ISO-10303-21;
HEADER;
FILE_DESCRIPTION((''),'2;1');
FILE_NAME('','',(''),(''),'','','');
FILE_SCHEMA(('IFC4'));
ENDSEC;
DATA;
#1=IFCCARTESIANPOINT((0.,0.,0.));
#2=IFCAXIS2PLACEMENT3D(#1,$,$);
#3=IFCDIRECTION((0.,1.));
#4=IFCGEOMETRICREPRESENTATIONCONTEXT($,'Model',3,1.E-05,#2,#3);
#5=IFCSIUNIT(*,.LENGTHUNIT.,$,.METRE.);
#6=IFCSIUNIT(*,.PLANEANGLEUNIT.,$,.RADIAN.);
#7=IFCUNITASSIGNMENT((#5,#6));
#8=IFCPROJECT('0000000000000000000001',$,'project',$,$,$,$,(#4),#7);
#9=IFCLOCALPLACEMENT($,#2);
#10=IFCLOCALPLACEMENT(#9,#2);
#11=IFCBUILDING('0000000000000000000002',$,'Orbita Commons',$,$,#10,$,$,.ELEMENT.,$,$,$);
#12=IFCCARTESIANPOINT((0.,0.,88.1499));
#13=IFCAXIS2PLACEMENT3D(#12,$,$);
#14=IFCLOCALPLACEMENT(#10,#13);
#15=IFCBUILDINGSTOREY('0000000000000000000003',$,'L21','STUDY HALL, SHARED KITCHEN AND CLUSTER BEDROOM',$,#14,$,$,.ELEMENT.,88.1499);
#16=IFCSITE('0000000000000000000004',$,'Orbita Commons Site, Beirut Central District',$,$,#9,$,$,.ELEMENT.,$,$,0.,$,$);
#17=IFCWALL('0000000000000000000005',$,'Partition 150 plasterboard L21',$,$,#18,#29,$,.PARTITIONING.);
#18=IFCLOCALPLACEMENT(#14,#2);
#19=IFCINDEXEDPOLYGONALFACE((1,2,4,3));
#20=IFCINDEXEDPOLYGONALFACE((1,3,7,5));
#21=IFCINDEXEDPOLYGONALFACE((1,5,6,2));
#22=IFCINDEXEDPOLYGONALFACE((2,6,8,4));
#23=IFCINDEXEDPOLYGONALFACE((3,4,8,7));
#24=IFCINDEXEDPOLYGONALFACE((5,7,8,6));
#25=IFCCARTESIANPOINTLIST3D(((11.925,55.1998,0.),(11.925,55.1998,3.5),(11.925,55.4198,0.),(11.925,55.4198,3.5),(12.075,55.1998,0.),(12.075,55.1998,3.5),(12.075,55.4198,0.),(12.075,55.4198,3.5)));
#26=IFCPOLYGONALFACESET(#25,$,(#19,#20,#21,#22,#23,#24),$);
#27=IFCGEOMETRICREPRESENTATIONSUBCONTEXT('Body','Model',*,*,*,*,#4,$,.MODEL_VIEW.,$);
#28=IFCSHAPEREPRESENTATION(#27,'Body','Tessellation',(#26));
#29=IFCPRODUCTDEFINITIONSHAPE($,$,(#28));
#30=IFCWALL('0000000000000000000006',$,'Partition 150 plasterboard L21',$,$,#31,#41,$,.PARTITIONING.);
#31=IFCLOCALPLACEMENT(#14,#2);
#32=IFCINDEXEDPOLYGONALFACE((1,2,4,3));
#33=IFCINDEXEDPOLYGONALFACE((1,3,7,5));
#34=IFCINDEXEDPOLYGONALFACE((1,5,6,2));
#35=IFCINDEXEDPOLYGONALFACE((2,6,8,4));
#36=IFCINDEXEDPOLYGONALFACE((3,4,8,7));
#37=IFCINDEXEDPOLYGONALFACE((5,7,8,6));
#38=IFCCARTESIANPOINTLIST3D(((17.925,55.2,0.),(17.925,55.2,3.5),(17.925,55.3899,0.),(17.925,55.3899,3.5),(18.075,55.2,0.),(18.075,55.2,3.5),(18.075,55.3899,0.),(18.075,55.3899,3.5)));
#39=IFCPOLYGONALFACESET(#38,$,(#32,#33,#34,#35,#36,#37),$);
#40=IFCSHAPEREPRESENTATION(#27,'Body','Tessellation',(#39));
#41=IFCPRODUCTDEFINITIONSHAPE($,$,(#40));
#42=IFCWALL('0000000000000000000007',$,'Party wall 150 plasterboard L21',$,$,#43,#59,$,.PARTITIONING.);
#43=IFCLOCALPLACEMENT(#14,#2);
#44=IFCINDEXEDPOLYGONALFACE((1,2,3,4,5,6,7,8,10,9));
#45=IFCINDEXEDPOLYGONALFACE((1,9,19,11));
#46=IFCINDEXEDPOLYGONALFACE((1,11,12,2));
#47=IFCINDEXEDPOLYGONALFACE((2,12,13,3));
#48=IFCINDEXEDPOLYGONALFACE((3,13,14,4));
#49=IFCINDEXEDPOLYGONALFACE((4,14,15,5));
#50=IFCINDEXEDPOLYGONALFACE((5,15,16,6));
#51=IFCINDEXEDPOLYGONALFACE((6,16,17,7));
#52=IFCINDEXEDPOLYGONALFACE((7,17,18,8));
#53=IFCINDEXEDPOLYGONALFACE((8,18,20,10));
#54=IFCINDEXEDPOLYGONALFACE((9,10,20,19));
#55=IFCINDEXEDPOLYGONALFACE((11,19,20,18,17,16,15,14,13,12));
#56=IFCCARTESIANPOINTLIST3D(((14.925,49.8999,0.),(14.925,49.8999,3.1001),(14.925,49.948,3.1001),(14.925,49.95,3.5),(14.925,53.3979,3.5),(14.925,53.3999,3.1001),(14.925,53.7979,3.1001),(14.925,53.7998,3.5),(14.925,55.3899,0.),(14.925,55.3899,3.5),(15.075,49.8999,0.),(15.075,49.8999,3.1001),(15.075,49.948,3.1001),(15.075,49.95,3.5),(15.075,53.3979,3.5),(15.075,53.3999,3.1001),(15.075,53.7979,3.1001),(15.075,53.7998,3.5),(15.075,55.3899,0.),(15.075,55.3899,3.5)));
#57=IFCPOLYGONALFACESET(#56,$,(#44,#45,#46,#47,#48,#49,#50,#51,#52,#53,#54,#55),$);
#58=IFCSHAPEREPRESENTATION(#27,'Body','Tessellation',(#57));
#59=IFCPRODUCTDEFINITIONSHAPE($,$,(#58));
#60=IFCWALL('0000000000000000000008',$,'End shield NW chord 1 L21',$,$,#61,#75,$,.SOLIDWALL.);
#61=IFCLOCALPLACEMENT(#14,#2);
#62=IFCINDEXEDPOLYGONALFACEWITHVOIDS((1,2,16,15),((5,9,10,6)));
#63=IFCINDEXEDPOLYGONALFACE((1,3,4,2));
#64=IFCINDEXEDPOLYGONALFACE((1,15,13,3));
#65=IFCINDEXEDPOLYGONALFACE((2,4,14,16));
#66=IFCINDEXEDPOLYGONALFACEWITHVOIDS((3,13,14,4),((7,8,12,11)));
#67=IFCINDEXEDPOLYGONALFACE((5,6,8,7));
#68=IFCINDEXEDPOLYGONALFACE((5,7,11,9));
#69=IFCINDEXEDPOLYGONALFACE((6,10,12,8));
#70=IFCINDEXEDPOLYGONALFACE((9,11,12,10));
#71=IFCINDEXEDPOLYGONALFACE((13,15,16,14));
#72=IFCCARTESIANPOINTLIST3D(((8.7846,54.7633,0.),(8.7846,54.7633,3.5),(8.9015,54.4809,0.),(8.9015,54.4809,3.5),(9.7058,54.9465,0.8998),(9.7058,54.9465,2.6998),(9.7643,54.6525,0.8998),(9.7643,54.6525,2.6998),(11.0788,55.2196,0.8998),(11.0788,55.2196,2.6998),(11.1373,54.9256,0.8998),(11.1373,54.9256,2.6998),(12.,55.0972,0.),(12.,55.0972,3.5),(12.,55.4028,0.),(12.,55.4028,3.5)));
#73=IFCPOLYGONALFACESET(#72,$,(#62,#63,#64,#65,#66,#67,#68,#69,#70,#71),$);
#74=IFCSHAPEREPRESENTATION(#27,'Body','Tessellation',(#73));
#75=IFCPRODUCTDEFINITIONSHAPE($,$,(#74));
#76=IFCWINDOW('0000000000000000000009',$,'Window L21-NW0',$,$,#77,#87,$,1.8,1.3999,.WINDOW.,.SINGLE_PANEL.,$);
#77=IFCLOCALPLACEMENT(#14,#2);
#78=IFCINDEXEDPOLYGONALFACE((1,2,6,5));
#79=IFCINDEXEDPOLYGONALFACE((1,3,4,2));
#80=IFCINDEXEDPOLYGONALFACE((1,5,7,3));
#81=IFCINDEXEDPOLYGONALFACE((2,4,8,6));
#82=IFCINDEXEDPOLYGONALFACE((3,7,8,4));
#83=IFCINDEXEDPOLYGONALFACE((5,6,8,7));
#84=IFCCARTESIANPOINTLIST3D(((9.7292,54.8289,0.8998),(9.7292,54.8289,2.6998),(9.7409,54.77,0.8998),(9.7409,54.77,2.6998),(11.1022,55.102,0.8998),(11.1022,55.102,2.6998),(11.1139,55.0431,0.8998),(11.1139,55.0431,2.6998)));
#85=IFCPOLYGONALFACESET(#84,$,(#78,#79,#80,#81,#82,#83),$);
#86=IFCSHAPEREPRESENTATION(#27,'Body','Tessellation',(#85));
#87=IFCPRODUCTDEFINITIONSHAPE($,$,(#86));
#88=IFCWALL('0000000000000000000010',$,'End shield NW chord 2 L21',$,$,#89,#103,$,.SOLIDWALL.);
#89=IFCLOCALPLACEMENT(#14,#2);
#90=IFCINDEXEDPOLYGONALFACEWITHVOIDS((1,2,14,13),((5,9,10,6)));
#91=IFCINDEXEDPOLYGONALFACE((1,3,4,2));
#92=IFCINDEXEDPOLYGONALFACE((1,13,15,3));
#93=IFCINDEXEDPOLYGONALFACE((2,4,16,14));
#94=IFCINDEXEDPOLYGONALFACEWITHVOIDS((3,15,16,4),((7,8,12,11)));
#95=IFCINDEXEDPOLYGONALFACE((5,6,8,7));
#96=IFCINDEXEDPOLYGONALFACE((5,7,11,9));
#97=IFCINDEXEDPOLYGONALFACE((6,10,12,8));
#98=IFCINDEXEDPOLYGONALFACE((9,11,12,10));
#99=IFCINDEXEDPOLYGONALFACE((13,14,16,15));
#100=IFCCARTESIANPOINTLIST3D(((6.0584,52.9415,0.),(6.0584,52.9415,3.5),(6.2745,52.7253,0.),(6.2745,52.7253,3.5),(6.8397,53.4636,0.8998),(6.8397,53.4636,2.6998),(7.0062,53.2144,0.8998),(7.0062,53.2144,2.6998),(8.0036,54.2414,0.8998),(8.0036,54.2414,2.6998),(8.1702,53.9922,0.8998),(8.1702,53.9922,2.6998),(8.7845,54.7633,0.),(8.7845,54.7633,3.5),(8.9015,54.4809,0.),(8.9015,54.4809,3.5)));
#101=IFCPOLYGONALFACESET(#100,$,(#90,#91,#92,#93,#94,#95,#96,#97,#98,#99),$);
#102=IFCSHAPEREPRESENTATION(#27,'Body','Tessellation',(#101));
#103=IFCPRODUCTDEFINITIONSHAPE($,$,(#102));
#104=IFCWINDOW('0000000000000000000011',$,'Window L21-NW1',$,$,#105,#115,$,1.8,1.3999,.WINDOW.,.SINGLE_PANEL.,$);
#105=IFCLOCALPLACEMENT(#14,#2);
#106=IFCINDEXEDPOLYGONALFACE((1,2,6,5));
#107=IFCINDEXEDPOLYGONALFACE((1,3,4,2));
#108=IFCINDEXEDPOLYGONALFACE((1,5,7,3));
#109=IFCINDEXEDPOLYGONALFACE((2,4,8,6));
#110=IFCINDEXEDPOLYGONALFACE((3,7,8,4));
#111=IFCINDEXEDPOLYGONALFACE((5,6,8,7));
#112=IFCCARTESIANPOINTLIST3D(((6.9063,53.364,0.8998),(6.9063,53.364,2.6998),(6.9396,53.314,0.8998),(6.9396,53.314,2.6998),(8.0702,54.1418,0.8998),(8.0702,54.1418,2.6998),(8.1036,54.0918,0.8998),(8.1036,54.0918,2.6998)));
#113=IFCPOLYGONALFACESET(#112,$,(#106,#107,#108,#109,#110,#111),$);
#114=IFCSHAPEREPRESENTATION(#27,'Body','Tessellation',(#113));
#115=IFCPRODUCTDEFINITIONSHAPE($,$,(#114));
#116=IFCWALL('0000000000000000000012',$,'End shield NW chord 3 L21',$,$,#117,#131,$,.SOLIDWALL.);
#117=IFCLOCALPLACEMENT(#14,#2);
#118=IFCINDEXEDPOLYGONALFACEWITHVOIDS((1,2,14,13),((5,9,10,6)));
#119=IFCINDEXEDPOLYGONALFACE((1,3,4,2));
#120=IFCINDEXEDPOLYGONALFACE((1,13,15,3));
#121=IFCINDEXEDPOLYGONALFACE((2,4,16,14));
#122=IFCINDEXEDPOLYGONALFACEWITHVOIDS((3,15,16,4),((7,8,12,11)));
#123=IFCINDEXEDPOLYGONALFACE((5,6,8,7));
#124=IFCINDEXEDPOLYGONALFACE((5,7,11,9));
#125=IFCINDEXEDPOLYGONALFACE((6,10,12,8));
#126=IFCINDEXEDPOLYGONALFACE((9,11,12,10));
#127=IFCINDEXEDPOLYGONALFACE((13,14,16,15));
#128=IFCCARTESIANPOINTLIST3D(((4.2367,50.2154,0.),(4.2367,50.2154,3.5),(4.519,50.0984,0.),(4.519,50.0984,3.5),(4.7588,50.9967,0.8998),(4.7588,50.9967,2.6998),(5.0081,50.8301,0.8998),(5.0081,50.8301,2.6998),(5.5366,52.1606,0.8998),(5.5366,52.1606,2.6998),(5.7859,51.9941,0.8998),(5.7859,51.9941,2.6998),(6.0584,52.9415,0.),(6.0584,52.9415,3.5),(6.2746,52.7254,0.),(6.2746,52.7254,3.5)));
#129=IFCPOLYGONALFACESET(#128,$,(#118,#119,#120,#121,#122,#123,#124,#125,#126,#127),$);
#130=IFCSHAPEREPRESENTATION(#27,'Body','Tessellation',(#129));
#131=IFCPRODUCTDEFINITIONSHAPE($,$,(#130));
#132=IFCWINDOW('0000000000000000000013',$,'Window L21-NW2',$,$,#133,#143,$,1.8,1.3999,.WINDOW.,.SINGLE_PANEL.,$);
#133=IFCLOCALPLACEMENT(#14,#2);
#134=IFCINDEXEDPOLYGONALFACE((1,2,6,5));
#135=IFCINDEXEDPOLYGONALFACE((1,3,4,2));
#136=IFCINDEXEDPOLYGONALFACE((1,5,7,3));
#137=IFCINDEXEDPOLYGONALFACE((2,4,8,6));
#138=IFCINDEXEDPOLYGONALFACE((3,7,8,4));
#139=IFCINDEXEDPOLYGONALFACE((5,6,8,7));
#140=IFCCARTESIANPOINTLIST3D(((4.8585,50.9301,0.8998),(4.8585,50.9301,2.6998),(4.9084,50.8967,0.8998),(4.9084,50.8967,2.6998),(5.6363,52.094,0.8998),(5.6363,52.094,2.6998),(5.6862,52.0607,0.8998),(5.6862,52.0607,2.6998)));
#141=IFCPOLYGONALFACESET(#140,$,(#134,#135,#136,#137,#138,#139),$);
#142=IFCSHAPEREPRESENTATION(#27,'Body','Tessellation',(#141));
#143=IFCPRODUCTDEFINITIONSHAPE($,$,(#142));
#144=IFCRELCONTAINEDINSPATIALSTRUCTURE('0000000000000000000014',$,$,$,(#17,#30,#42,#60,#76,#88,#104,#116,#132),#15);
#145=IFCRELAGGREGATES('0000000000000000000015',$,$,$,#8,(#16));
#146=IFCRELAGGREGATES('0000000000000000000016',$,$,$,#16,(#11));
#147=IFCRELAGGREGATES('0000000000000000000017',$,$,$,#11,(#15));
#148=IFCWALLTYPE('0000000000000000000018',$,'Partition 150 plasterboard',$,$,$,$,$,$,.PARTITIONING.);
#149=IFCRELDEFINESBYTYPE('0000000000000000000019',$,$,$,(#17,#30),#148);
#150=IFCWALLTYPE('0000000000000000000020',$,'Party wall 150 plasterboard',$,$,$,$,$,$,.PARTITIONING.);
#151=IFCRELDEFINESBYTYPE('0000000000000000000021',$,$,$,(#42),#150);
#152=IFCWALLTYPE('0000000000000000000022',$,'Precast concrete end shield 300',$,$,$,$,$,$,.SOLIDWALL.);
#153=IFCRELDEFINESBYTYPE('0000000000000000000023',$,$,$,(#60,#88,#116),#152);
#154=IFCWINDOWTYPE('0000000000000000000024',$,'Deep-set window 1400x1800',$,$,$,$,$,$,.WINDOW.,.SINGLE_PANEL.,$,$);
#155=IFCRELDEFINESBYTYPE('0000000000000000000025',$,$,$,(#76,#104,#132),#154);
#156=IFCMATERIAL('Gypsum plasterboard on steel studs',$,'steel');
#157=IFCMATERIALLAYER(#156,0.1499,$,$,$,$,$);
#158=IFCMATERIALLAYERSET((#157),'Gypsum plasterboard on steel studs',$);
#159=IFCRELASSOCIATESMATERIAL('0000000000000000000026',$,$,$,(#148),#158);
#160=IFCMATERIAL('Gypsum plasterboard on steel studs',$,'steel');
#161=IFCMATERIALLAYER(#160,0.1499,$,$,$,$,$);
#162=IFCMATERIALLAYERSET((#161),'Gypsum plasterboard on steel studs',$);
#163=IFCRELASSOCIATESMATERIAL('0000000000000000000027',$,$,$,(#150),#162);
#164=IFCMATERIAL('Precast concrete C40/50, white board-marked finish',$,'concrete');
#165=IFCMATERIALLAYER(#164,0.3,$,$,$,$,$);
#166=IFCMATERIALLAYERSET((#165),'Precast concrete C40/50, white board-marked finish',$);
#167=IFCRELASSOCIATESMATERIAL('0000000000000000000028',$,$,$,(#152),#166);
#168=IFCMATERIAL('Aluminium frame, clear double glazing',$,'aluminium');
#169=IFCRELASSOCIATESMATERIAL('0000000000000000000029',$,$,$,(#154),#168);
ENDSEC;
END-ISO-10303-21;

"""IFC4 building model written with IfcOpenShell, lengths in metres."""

from ifc_helpers import new_model, si_unit, direction, frame, frame_2d, origin, place, context, subcontext, project, spatial, polyline, rectangle, outline, extrude, material, layer, layer_set, type_object, element, fill, save


model = new_model("IFC4")

# Units and contexts
model_context = context("Model", 3, precision=1e-05, world=origin(), true_north=direction((0.0, 1.0)))
body_context = subcontext(model_context, "Body", "Model", "MODEL_VIEW")
ifc_project = project(units=[si_unit("LENGTHUNIT", "METRE"), si_unit("PLANEANGLEUNIT", "RADIAN")], contexts=[model_context])

# Site, building, storey
site_placement = place(None, origin())
site = spatial("IfcSite", under=ifc_project, at=site_placement, Name="Orbita Commons Site, Beirut Central District", CompositionType="ELEMENT", RefElevation=0.0)
building_placement = place(site_placement, origin())
building = spatial("IfcBuilding", under=site, at=building_placement, Name="Orbita Commons", CompositionType="ELEMENT")
storey_placement = place(building_placement, frame((0.0, 0.0, 88.1499)))
storey = spatial("IfcBuildingStorey", under=building, at=storey_placement, Name="L21", Description="STUDY HALL, SHARED KITCHEN AND CLUSTER BEDROOM", CompositionType="ELEMENT", Elevation=88.1499)

# Walls
ifc_material_1 = material(Name="Gypsum plasterboard on steel studs", Category="steel")
ifc_layer_1 = layer(ifc_material_1, 0.1499)
ifc_layer_set_1 = layer_set([ifc_layer_1], Name="Gypsum plasterboard on steel studs")
wall_type_1 = type_object("IfcWallType", Name="Partition 150 plasterboard", PredefinedType="PARTITIONING", material=ifc_layer_set_1)
wall_1_placement = place(storey_placement, frame((12.0, 55.2, 0.0), z_axis=(0.0, 0.0, 1.0), x_axis=(0.0, 1.0, 0.0)))
element("IfcWall", 1, at=wall_1_placement, inside=storey, type_object=wall_type_1, Name="Partition 150 plasterboard L21", PredefinedType="PARTITIONING", context=body_context, shape_type="SweptSolid", body=[
    extrude(rectangle(XDim=0.22, YDim=0.1499, at=frame_2d((0.1099, 0.0))), origin(), (0.0, 0.0, 1.0), 3.5),
])
wall_2_placement = place(storey_placement, frame((18.0, 55.2, 0.0), z_axis=(0.0, 0.0, 1.0), x_axis=(0.0, 1.0, 0.0)))
element("IfcWall", 2, at=wall_2_placement, inside=storey, type_object=wall_type_1, Name="Partition 150 plasterboard L21", PredefinedType="PARTITIONING", context=body_context, shape_type="SweptSolid", body=[
    extrude(rectangle(XDim=0.1899, YDim=0.1499, at=frame_2d((0.095, 0.0))), origin(), (0.0, 0.0, 1.0), 3.5),
])
ifc_material_2 = material(Name="Gypsum plasterboard on steel studs", Category="steel")
ifc_layer_2 = layer(ifc_material_2, 0.1499)
ifc_layer_set_2 = layer_set([ifc_layer_2], Name="Gypsum plasterboard on steel studs")
wall_type_2 = type_object("IfcWallType", Name="Party wall 150 plasterboard", PredefinedType="PARTITIONING", material=ifc_layer_set_2)
wall_3_placement = place(storey_placement, frame((15.0, 55.3899, 0.0), z_axis=(0.0, 0.0, 1.0), x_axis=(0.0, -1.0, 0.0)))
element("IfcWall", 3, at=wall_3_placement, inside=storey, type_object=wall_type_2, Name="Party wall 150 plasterboard L21", PredefinedType="PARTITIONING", context=body_context, shape_type="SweptSolid", body=[
    extrude(outline(polyline([(0.0, 0.0), (5.49, 0.0), (5.49, 3.1001), (5.4419, 3.1001), (5.4399, 3.5), (1.9919, 3.5), (1.99, 3.1001), (1.592, 3.1001), (1.5901, 3.5), (0.0, 3.5), (0.0, 0.0)])), frame((0.0, 0.075, 0.0), z_axis=(0.0, -1.0, 0.0), x_axis=(1.0, 0.0, 0.0)), (0.0, 0.0, 1.0), 0.1499),
])

# Walls, openings, windows
ifc_material_3 = material(Name="Precast concrete C40/50, white board-marked finish", Category="concrete")
ifc_layer_3 = layer(ifc_material_3, 0.3)
ifc_layer_set_3 = layer_set([ifc_layer_3], Name="Precast concrete C40/50, white board-marked finish")
wall_type_3 = type_object("IfcWallType", Name="Precast concrete end shield 300", PredefinedType="SOLIDWALL", material=ifc_layer_set_3)
wall_4_placement = place(storey_placement, frame((12.0, 55.25, 0.0), z_axis=(0.0, 0.0, 1.0), x_axis=(-0.980787, -0.19508, 0.0)))
wall_4 = element("IfcWall", 4, at=wall_4_placement, inside=storey, type_object=wall_type_3, Name="End shield NW chord 1 L21", PredefinedType="SOLIDWALL", context=body_context, shape_type="SweptSolid", body=[
    extrude(outline(polyline([(-0.0298, -0.1499), (3.2485, -0.1499), (3.189, 0.1499), (0.0298, 0.1499), (-0.0298, -0.1499)])), origin(), (0.0, 0.0, 1.0), 3.5),
])
opening_1_placement = place(wall_4_placement, frame((0.9094, 0.0, 0.8999)))
opening_1 = element("IfcOpeningElement", 5, at=opening_1_placement, cuts=wall_4, PredefinedType="OPENING", context=body_context, shape_type="SweptSolid", body=[
    extrude(rectangle(XDim=1.3999, YDim=1.8, at=frame_2d((0.7, 0.8999))), frame((0.0, 0.1599, 0.0), z_axis=(0.0, -1.0, 0.0), x_axis=(1.0, 0.0, 0.0)), (0.0, 0.0, 1.0), 0.3201),
])
ifc_material_4 = material(Name="Aluminium frame, clear double glazing", Category="aluminium")
window_type = type_object("IfcWindowType", Name="Deep-set window 1400x1800", PartitioningType="SINGLE_PANEL", PredefinedType="WINDOW", material=ifc_material_4)
window_1_placement = place(opening_1_placement, origin())
window_1 = element("IfcWindow", 6, at=window_1_placement, inside=storey, type_object=window_type, Name="Window L21-NW0", OverallHeight=1.8, OverallWidth=1.3999, PartitioningType="SINGLE_PANEL", PredefinedType="WINDOW", context=body_context, shape_type="SweptSolid", body=[
    extrude(rectangle(XDim=1.3999, YDim=1.8, at=frame_2d((0.7, 0.8999))), frame((0.0, 0.03, 0.0), z_axis=(0.0, -1.0, 0.0), x_axis=(1.0, 0.0, 0.0)), (0.0, 0.0, 1.0), 0.0601),
])
fill(opening_1, window_1)
wall_5_placement = place(storey_placement, frame((8.843, 54.6221, 0.0), z_axis=(0.0, 0.0, 1.0), x_axis=(-0.831443, -0.55561, 0.0)))
wall_5 = element("IfcWall", 7, at=wall_5_placement, inside=storey, type_object=wall_type_3, Name="End shield NW chord 2 L21", PredefinedType="SOLIDWALL", context=body_context, shape_type="SweptSolid", body=[
    extrude(outline(polyline([(-0.0298, -0.1499), (3.249, -0.1499), (3.1895, 0.1499), (0.0298, 0.1499), (-0.0298, -0.1499)])), origin(), (0.0, 0.0, 1.0), 3.5),
])
opening_2_placement = place(wall_5_placement, frame((0.9094, 0.0, 0.8999)))
opening_2 = element("IfcOpeningElement", 8, at=opening_2_placement, cuts=wall_5, PredefinedType="OPENING", context=body_context, shape_type="SweptSolid", body=[
    extrude(rectangle(XDim=1.3999, YDim=1.8, at=frame_2d((0.7, 0.8999))), frame((0.0, 0.1599, 0.0), z_axis=(0.0, -1.0, 0.0), x_axis=(1.0, 0.0, 0.0)), (0.0, 0.0, 1.0), 0.3201),
])
window_2_placement = place(opening_2_placement, origin())
window_2 = element("IfcWindow", 9, at=window_2_placement, inside=storey, type_object=window_type, Name="Window L21-NW1", OverallHeight=1.8, OverallWidth=1.3999, PartitioningType="SINGLE_PANEL", PredefinedType="WINDOW", context=body_context, shape_type="SweptSolid", body=[
    extrude(rectangle(XDim=1.3999, YDim=1.8, at=frame_2d((0.7, 0.8999))), frame((0.0, 0.03, 0.0), z_axis=(0.0, -1.0, 0.0), x_axis=(1.0, 0.0, 0.0)), (0.0, 0.0, 1.0), 0.0601),
])
fill(opening_2, window_2)
wall_6_placement = place(storey_placement, frame((6.1665, 52.8335, 0.0), z_axis=(0.0, 0.0, 1.0), x_axis=(-0.55561, -0.831443, 0.0)))
wall_6 = element("IfcWall", 10, at=wall_6_placement, inside=storey, type_object=wall_type_3, Name="End shield NW chord 3 L21", PredefinedType="SOLIDWALL", context=body_context, shape_type="SweptSolid", body=[
    extrude(outline(polyline([(-0.0298, -0.1499), (3.249, -0.1499), (3.1895, 0.1499), (0.0298, 0.1499), (-0.0298, -0.1499)])), origin(), (0.0, 0.0, 1.0), 3.5),
])
opening_3_placement = place(wall_6_placement, frame((0.9094, 0.0, 0.8999)))
opening_3 = element("IfcOpeningElement", 11, at=opening_3_placement, cuts=wall_6, PredefinedType="OPENING", context=body_context, shape_type="SweptSolid", body=[
    extrude(rectangle(XDim=1.3999, YDim=1.8, at=frame_2d((0.7, 0.8999))), frame((0.0, 0.1599, 0.0), z_axis=(0.0, -1.0, 0.0), x_axis=(1.0, 0.0, 0.0)), (0.0, 0.0, 1.0), 0.3201),
])
window_3_placement = place(opening_3_placement, origin())
window_3 = element("IfcWindow", 12, at=window_3_placement, inside=storey, type_object=window_type, Name="Window L21-NW2", OverallHeight=1.8, OverallWidth=1.3999, PartitioningType="SINGLE_PANEL", PredefinedType="WINDOW", context=body_context, shape_type="SweptSolid", body=[
    extrude(rectangle(XDim=1.3999, YDim=1.8, at=frame_2d((0.7, 0.8999))), frame((0.0, 0.03, 0.0), z_axis=(0.0, -1.0, 0.0), x_axis=(1.0, 0.0, 0.0)), (0.0, 0.0, 1.0), 0.0601),
])
fill(opening_3, window_3)

save(model, "model.ifc")
